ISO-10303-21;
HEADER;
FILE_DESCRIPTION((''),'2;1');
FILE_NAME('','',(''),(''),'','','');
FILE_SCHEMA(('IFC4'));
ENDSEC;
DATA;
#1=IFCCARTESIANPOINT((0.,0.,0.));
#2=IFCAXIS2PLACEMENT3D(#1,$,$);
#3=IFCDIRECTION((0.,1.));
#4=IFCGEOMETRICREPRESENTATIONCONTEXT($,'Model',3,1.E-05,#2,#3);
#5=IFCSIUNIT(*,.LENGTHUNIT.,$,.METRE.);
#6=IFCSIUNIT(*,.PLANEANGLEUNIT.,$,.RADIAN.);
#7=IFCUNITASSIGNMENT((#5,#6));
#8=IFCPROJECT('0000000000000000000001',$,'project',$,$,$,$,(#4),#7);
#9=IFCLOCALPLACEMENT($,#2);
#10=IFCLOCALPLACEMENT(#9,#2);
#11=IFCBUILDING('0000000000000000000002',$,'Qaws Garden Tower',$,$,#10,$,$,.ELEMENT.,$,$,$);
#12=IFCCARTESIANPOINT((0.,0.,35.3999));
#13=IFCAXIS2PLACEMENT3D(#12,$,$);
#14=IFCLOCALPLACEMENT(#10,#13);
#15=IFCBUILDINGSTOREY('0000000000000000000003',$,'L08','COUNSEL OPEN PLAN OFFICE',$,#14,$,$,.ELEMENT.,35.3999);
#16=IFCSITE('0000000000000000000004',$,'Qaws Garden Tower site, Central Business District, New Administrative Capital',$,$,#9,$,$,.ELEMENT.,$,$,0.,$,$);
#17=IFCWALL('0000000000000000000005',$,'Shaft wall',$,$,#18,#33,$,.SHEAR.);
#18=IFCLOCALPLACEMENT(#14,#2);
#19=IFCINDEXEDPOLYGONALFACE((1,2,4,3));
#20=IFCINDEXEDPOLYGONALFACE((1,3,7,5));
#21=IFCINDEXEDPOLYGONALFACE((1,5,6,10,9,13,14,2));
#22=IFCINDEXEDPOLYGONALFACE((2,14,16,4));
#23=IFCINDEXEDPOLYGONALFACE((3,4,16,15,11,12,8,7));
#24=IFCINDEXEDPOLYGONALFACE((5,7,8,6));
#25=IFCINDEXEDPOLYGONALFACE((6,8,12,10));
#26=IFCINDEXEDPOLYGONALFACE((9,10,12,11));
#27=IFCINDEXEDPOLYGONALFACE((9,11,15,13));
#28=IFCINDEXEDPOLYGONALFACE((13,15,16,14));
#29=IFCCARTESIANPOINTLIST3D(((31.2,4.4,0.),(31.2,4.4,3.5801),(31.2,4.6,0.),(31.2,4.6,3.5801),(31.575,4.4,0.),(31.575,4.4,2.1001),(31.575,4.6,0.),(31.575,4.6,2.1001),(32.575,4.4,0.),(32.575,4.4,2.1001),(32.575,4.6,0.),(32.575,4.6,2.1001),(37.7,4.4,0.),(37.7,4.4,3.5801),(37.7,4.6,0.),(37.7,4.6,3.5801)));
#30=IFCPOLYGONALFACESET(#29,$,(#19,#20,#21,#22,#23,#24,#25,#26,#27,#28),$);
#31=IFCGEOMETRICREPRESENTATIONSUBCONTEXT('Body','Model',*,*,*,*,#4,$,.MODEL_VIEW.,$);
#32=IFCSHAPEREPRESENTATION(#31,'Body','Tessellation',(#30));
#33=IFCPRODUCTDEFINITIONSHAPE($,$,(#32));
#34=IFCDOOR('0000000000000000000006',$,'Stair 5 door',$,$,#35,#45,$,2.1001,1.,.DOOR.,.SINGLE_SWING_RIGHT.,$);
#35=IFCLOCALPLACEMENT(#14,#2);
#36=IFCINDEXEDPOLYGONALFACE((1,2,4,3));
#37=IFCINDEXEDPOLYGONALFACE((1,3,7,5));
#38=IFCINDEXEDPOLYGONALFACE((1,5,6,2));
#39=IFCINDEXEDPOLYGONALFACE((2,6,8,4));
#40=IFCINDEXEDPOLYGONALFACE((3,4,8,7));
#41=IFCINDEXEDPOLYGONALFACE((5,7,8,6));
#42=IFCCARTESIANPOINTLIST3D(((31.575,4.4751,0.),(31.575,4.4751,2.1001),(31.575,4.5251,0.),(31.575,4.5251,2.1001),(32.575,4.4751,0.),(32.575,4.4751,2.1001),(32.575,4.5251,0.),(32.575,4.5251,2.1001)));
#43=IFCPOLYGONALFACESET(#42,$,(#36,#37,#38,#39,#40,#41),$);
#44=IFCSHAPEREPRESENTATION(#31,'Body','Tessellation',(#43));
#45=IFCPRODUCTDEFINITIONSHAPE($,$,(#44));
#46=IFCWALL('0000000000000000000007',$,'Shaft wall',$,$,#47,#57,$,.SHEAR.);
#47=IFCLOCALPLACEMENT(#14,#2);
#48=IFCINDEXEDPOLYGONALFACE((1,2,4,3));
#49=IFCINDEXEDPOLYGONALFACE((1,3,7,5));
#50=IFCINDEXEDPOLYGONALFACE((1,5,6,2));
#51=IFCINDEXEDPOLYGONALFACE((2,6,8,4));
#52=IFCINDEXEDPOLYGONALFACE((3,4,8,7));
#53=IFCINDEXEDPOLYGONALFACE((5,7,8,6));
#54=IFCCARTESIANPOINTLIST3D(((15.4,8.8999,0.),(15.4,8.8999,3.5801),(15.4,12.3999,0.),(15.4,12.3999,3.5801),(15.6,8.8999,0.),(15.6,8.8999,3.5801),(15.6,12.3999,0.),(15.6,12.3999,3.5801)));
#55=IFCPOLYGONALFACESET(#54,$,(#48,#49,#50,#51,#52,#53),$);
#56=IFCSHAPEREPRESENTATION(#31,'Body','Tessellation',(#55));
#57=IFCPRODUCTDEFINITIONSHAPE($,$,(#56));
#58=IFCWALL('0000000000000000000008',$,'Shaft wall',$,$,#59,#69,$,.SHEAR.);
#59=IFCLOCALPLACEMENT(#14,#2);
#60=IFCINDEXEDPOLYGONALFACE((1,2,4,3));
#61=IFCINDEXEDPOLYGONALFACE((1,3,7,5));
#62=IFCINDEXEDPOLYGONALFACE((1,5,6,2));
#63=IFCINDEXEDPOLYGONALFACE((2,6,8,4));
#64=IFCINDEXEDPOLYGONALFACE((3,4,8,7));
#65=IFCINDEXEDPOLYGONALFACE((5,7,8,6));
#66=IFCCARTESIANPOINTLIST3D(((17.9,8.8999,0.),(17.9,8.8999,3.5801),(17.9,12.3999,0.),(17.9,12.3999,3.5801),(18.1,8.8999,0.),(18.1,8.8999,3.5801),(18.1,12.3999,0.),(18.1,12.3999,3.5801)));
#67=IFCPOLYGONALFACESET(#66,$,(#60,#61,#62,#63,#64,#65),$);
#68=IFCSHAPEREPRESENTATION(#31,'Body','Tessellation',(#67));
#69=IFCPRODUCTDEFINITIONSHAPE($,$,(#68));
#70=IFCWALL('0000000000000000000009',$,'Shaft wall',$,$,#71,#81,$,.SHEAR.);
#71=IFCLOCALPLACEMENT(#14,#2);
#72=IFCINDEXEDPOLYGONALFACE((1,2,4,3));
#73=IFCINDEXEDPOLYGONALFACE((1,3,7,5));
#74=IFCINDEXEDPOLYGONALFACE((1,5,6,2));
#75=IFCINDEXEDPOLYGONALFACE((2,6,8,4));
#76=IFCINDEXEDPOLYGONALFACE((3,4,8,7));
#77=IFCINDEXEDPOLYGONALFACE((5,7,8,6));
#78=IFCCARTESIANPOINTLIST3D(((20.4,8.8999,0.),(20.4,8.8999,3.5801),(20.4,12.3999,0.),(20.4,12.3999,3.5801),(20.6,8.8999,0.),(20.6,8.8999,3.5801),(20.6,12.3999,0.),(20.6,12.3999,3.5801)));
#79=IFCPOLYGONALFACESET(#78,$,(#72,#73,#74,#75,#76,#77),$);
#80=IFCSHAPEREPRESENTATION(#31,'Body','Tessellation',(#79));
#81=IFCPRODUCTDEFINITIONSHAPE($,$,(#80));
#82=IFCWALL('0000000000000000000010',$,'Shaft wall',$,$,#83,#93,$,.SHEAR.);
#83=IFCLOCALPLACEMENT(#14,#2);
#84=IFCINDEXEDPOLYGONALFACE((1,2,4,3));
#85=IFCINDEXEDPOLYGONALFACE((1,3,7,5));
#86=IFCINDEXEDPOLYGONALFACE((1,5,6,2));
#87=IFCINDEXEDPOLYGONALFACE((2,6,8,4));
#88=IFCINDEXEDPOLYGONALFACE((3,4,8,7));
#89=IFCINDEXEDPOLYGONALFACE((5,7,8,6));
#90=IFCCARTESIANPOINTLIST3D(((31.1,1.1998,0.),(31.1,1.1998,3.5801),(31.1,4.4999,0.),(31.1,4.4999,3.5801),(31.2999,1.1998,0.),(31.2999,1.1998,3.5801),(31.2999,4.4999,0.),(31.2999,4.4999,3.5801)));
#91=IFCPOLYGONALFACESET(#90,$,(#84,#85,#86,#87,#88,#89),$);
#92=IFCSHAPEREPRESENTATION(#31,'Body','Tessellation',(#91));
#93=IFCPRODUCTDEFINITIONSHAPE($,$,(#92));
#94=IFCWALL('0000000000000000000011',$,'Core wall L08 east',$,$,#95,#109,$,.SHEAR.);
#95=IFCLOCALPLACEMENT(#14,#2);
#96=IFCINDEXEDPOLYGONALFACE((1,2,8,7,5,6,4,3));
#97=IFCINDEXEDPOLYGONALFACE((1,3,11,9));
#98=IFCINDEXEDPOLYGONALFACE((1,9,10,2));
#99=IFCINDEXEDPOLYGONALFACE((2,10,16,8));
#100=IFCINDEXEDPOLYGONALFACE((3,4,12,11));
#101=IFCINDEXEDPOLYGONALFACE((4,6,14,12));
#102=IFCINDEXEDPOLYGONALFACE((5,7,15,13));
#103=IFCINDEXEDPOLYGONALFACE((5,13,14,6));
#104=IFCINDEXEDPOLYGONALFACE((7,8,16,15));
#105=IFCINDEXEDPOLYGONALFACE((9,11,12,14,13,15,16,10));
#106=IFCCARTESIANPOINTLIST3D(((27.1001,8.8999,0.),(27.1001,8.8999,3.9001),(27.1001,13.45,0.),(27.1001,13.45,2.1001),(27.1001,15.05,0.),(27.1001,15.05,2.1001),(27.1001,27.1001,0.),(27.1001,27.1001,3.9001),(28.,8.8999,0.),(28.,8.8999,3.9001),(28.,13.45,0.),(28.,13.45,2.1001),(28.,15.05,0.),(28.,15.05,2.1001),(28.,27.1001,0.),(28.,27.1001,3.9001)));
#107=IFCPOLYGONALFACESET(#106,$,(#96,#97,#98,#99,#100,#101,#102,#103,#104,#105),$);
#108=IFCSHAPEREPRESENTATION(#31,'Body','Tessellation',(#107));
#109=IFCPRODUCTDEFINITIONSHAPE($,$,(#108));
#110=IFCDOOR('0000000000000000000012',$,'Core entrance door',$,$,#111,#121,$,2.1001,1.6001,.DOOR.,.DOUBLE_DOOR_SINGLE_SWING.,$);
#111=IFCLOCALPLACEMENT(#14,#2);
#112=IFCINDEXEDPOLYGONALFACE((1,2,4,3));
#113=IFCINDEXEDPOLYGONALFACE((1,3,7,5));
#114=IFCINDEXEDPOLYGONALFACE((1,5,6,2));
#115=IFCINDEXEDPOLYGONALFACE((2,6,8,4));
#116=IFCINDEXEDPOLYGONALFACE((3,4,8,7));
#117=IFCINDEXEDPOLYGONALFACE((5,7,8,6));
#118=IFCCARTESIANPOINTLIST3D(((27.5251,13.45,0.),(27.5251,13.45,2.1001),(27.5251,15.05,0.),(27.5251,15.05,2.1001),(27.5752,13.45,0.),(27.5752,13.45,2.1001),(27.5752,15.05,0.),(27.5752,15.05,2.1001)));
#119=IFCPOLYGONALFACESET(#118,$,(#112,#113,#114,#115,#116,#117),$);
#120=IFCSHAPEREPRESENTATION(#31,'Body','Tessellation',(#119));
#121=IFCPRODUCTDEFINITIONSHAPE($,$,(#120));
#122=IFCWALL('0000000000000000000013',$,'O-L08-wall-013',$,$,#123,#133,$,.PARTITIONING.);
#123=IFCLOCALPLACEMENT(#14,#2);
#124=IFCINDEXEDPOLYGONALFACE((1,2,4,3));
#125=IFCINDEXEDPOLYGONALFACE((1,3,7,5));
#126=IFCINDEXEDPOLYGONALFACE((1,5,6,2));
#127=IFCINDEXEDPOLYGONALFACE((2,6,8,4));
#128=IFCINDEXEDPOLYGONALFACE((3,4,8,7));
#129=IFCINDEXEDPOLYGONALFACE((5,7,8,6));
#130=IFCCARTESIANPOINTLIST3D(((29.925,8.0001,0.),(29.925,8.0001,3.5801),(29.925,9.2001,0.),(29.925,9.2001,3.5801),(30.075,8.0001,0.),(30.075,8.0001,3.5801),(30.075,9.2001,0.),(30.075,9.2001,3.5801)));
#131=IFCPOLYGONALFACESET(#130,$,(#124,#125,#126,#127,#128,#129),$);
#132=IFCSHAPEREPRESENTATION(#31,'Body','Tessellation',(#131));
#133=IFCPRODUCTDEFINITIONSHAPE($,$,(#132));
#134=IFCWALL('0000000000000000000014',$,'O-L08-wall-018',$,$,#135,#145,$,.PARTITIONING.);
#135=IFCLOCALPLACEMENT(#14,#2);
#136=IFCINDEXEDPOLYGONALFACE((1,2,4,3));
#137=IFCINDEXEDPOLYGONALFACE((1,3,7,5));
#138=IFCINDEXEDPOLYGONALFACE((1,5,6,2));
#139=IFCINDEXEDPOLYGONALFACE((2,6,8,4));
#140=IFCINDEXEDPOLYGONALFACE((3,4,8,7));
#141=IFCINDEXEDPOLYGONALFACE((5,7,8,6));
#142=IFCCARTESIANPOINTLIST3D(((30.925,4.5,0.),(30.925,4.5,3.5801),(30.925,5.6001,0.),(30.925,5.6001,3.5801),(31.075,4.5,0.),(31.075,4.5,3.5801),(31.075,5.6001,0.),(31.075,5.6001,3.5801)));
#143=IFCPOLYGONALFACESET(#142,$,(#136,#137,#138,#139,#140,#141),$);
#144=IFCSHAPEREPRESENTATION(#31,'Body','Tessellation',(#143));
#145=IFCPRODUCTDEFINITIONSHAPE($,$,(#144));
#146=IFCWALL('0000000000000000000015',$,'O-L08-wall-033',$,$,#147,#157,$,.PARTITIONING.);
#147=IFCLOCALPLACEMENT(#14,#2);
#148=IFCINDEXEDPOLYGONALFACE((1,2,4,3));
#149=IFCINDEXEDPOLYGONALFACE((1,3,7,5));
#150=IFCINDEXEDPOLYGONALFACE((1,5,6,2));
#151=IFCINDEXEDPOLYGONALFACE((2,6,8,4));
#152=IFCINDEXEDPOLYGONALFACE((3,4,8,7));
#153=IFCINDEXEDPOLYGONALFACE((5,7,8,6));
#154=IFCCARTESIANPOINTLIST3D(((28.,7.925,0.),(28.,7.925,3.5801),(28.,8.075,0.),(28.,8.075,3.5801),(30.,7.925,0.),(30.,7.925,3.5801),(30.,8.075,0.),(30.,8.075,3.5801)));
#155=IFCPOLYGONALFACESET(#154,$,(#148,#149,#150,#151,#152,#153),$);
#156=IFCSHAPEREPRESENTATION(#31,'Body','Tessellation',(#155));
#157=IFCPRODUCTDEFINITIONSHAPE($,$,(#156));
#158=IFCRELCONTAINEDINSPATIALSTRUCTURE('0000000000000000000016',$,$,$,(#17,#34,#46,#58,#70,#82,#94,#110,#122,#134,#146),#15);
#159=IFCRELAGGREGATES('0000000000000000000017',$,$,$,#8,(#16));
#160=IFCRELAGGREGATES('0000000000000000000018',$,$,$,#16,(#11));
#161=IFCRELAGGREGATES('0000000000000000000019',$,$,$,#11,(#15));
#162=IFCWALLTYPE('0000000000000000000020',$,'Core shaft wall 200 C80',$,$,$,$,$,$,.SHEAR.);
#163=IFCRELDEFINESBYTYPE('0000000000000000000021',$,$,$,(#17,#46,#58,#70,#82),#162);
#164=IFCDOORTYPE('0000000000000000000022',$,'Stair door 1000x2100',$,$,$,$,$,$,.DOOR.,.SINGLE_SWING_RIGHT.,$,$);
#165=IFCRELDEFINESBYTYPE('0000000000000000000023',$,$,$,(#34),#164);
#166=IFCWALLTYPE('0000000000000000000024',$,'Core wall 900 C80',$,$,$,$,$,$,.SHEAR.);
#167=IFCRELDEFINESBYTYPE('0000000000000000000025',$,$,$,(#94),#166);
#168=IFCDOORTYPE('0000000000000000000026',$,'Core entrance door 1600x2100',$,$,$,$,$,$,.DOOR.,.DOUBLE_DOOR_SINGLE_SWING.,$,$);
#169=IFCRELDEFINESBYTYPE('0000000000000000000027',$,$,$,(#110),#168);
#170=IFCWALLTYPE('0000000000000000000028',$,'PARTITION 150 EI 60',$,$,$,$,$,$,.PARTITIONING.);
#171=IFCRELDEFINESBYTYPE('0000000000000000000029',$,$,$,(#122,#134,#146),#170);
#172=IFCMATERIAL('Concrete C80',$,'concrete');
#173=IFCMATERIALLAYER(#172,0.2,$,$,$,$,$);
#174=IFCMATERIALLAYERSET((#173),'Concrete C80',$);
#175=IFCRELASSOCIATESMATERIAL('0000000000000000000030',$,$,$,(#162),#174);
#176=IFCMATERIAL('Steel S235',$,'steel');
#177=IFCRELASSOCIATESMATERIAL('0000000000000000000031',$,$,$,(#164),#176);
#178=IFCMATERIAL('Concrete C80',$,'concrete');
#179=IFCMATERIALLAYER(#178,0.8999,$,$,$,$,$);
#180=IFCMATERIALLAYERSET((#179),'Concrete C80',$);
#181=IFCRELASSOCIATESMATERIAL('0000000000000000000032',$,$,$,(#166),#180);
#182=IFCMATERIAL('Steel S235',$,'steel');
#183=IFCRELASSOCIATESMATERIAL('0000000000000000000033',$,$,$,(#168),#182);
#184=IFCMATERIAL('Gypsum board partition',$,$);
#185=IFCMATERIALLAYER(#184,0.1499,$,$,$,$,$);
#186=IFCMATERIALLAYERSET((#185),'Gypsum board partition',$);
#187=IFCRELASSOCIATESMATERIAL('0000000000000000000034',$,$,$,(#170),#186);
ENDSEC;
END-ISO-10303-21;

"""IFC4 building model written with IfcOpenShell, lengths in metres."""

from ifc_helpers import new_model, si_unit, direction, frame, frame_2d, origin, place, context, subcontext, project, spatial, rectangle, extrude, material, layer, layer_set, type_object, element, fill, save


model = new_model("IFC4")

# Units and contexts
model_context = context("Model", 3, precision=1e-05, world=origin(), true_north=direction((0.0, 1.0)))
body_context = subcontext(model_context, "Body", "Model", "MODEL_VIEW")
ifc_project = project(units=[si_unit("LENGTHUNIT", "METRE"), si_unit("PLANEANGLEUNIT", "RADIAN")], contexts=[model_context])

# Site, building, storey
site_placement = place(None, origin())
site = spatial("IfcSite", under=ifc_project, at=site_placement, Name="Qaws Garden Tower site, Central Business District, New Administrative Capital", CompositionType="ELEMENT", RefElevation=0.0)
building_placement = place(site_placement, origin())
building = spatial("IfcBuilding", under=site, at=building_placement, Name="Qaws Garden Tower", CompositionType="ELEMENT")
storey_placement = place(building_placement, frame((0.0, 0.0, 35.3999)))
storey = spatial("IfcBuildingStorey", under=building, at=storey_placement, Name="L08", Description="COUNSEL OPEN PLAN OFFICE", CompositionType="ELEMENT", Elevation=35.3999)

# Shared definitions
ifc_material_1 = material(Name="Concrete C80", Category="concrete")
ifc_layer_1 = layer(ifc_material_1, 0.2)
ifc_layer_set_1 = layer_set([ifc_layer_1], Name="Concrete C80")
wall_type_1 = type_object("IfcWallType", Name="Core shaft wall 200 C80", PredefinedType="SHEAR", material=ifc_layer_set_1)

# Wall, opening, door
wall_1_placement = place(storey_placement, frame((31.2, 4.5, 0.0), z_axis=(0.0, 0.0, 1.0), x_axis=(1.0, 0.0, 0.0)))
wall_1 = element("IfcWall", 1, at=wall_1_placement, inside=storey, type_object=wall_type_1, Name="Shaft wall", PredefinedType="SHEAR", context=body_context, shape_type="SweptSolid", body=[
    extrude(rectangle(XDim=6.5, YDim=0.2, at=frame_2d((3.25, 0.0))), origin(), (0.0, 0.0, 1.0), 3.5801),
])
opening_1_placement = place(wall_1_placement, frame((0.375, 0.0, 0.0)))
opening_1 = element("IfcOpeningElement", 2, at=opening_1_placement, cuts=wall_1, PredefinedType="OPENING", context=body_context, shape_type="SweptSolid", body=[
    extrude(rectangle(XDim=1.0, YDim=2.1001, at=frame_2d((0.5, 1.05))), frame((0.0, 0.1099, 0.0), z_axis=(0.0, -1.0, 0.0), x_axis=(1.0, 0.0, 0.0)), (0.0, 0.0, 1.0), 0.22),
])
ifc_material_2 = material(Name="Steel S235", Category="steel")
door_type_1 = type_object("IfcDoorType", Name="Stair door 1000x2100", OperationType="SINGLE_SWING_RIGHT", PredefinedType="DOOR", material=ifc_material_2)
door_1_placement = place(opening_1_placement, frame((1.0, 0.0, 0.0), z_axis=(0.0, 0.0, 1.0), x_axis=(-1.0, 0.0, 0.0)))
door_1 = element("IfcDoor", 3, at=door_1_placement, inside=storey, type_object=door_type_1, Name="Stair 5 door", OperationType="SINGLE_SWING_RIGHT", OverallHeight=2.1001, OverallWidth=1.0, PredefinedType="DOOR", context=body_context, shape_type="SweptSolid", body=[
    extrude(rectangle(XDim=1.0, YDim=2.1001, at=frame_2d((0.5, 1.05))), frame((0.0, 0.0249, 0.0), z_axis=(0.0, -1.0, 0.0), x_axis=(1.0, 0.0, 0.0)), (0.0, 0.0, 1.0), 0.05),
])
fill(opening_1, door_1)

# Walls
for number, where, z_axis, x_axis, name in (
    (4, (15.5, 8.8999, 0.0), (0.0, 0.0, 1.0), (0.0, 1.0, 0.0), "Shaft wall"),
    (5, (18.0, 8.8999, 0.0), (0.0, 0.0, 1.0), (0.0, 1.0, 0.0), "Shaft wall"),
    (6, (20.5, 8.8999, 0.0), (0.0, 0.0, 1.0), (0.0, 1.0, 0.0), "Shaft wall"),
):
    element("IfcWall", number, at=place(storey_placement, frame(where, z_axis=z_axis, x_axis=x_axis)), inside=storey, type_object=wall_type_1, Name=name, PredefinedType="SHEAR", context=body_context, shape_type="SweptSolid", body=[
        extrude(rectangle(XDim=3.5, YDim=0.2, at=frame_2d((1.75, 0.0))), origin(), (0.0, 0.0, 1.0), 3.5801),
    ])
wall_2_placement = place(storey_placement, frame((31.2, 1.2, 0.0), z_axis=(0.0, 0.0, 1.0), x_axis=(0.0, 1.0, 0.0)))
element("IfcWall", 7, at=wall_2_placement, inside=storey, type_object=wall_type_1, Name="Shaft wall", PredefinedType="SHEAR", context=body_context, shape_type="SweptSolid", body=[
    extrude(rectangle(XDim=3.3, YDim=0.2, at=frame_2d((1.6499, 0.0))), origin(), (0.0, 0.0, 1.0), 3.5801),
])

# Wall, opening, door
ifc_material_3 = material(Name="Concrete C80", Category="concrete")
ifc_layer_2 = layer(ifc_material_3, 0.8999)
ifc_layer_set_2 = layer_set([ifc_layer_2], Name="Concrete C80")
wall_type_2 = type_object("IfcWallType", Name="Core wall 900 C80", PredefinedType="SHEAR", material=ifc_layer_set_2)
wall_3_placement = place(storey_placement, frame((27.55, 8.8999, 0.0), z_axis=(0.0, 0.0, 1.0), x_axis=(0.0, 1.0, 0.0)))
wall_3 = element("IfcWall", 8, at=wall_3_placement, inside=storey, type_object=wall_type_2, Name="Core wall L08 east", PredefinedType="SHEAR", context=body_context, shape_type="SweptSolid", body=[
    extrude(rectangle(XDim=18.2002, YDim=0.8999, at=frame_2d((9.1001, 0.0))), origin(), (0.0, 0.0, 1.0), 3.9001),
])
opening_2_placement = place(wall_3_placement, frame((4.55, 0.0, 0.0)))
opening_2 = element("IfcOpeningElement", 9, at=opening_2_placement, cuts=wall_3, PredefinedType="OPENING", context=body_context, shape_type="SweptSolid", body=[
    extrude(rectangle(XDim=1.6001, YDim=2.1001, at=frame_2d((0.8, 1.05))), frame((0.0, 0.46, 0.0), z_axis=(0.0, -1.0, 0.0), x_axis=(1.0, 0.0, 0.0)), (0.0, 0.0, 1.0), 0.9199),
])
ifc_material_4 = material(Name="Steel S235", Category="steel")
door_type_2 = type_object("IfcDoorType", Name="Core entrance door 1600x2100", OperationType="DOUBLE_DOOR_SINGLE_SWING", PredefinedType="DOOR", material=ifc_material_4)
door_2_placement = place(opening_2_placement, origin())
door_2 = element("IfcDoor", 10, at=door_2_placement, inside=storey, type_object=door_type_2, Name="Core entrance door", OperationType="DOUBLE_DOOR_SINGLE_SWING", OverallHeight=2.1001, OverallWidth=1.6001, PredefinedType="DOOR", context=body_context, shape_type="SweptSolid", body=[
    extrude(rectangle(XDim=1.6001, YDim=2.1001, at=frame_2d((0.8, 1.05))), frame((0.0, 0.0249, 0.0), z_axis=(0.0, -1.0, 0.0), x_axis=(1.0, 0.0, 0.0)), (0.0, 0.0, 1.0), 0.05),
])
fill(opening_2, door_2)

# Walls
ifc_material_5 = material(Name="Gypsum board partition")
ifc_layer_3 = layer(ifc_material_5, 0.1499)
ifc_layer_set_3 = layer_set([ifc_layer_3], Name="Gypsum board partition")
wall_type_3 = type_object("IfcWallType", Name="PARTITION 150 EI 60", PredefinedType="PARTITIONING", material=ifc_layer_set_3)
wall_4_placement = place(storey_placement, frame((30.0, 8.0, 0.0), z_axis=(0.0, 0.0, 1.0), x_axis=(0.0, 1.0, 0.0)))
element("IfcWall", 11, at=wall_4_placement, inside=storey, type_object=wall_type_3, Name="O-L08-wall-013", PredefinedType="PARTITIONING", context=body_context, shape_type="SweptSolid", body=[
    extrude(rectangle(XDim=1.2, YDim=0.1499, at=frame_2d((0.6001, 0.0))), origin(), (0.0, 0.0, 1.0), 3.5801),
])
wall_5_placement = place(storey_placement, frame((31.0, 4.5, 0.0), z_axis=(0.0, 0.0, 1.0), x_axis=(0.0, 1.0, 0.0)))
element("IfcWall", 12, at=wall_5_placement, inside=storey, type_object=wall_type_3, Name="O-L08-wall-018", PredefinedType="PARTITIONING", context=body_context, shape_type="SweptSolid", body=[
    extrude(rectangle(XDim=1.1001, YDim=0.1499, at=frame_2d((0.55, 0.0))), origin(), (0.0, 0.0, 1.0), 3.5801),
])
wall_6_placement = place(storey_placement, frame((28.0, 8.0, 0.0), z_axis=(0.0, 0.0, 1.0), x_axis=(1.0, 0.0, 0.0)))
element("IfcWall", 13, at=wall_6_placement, inside=storey, type_object=wall_type_3, Name="O-L08-wall-033", PredefinedType="PARTITIONING", context=body_context, shape_type="SweptSolid", body=[
    extrude(rectangle(XDim=2.0, YDim=0.1499, at=frame_2d((1.0, 0.0))), origin(), (0.0, 0.0, 1.0), 3.5801),
])

save(model, "model.ifc")
